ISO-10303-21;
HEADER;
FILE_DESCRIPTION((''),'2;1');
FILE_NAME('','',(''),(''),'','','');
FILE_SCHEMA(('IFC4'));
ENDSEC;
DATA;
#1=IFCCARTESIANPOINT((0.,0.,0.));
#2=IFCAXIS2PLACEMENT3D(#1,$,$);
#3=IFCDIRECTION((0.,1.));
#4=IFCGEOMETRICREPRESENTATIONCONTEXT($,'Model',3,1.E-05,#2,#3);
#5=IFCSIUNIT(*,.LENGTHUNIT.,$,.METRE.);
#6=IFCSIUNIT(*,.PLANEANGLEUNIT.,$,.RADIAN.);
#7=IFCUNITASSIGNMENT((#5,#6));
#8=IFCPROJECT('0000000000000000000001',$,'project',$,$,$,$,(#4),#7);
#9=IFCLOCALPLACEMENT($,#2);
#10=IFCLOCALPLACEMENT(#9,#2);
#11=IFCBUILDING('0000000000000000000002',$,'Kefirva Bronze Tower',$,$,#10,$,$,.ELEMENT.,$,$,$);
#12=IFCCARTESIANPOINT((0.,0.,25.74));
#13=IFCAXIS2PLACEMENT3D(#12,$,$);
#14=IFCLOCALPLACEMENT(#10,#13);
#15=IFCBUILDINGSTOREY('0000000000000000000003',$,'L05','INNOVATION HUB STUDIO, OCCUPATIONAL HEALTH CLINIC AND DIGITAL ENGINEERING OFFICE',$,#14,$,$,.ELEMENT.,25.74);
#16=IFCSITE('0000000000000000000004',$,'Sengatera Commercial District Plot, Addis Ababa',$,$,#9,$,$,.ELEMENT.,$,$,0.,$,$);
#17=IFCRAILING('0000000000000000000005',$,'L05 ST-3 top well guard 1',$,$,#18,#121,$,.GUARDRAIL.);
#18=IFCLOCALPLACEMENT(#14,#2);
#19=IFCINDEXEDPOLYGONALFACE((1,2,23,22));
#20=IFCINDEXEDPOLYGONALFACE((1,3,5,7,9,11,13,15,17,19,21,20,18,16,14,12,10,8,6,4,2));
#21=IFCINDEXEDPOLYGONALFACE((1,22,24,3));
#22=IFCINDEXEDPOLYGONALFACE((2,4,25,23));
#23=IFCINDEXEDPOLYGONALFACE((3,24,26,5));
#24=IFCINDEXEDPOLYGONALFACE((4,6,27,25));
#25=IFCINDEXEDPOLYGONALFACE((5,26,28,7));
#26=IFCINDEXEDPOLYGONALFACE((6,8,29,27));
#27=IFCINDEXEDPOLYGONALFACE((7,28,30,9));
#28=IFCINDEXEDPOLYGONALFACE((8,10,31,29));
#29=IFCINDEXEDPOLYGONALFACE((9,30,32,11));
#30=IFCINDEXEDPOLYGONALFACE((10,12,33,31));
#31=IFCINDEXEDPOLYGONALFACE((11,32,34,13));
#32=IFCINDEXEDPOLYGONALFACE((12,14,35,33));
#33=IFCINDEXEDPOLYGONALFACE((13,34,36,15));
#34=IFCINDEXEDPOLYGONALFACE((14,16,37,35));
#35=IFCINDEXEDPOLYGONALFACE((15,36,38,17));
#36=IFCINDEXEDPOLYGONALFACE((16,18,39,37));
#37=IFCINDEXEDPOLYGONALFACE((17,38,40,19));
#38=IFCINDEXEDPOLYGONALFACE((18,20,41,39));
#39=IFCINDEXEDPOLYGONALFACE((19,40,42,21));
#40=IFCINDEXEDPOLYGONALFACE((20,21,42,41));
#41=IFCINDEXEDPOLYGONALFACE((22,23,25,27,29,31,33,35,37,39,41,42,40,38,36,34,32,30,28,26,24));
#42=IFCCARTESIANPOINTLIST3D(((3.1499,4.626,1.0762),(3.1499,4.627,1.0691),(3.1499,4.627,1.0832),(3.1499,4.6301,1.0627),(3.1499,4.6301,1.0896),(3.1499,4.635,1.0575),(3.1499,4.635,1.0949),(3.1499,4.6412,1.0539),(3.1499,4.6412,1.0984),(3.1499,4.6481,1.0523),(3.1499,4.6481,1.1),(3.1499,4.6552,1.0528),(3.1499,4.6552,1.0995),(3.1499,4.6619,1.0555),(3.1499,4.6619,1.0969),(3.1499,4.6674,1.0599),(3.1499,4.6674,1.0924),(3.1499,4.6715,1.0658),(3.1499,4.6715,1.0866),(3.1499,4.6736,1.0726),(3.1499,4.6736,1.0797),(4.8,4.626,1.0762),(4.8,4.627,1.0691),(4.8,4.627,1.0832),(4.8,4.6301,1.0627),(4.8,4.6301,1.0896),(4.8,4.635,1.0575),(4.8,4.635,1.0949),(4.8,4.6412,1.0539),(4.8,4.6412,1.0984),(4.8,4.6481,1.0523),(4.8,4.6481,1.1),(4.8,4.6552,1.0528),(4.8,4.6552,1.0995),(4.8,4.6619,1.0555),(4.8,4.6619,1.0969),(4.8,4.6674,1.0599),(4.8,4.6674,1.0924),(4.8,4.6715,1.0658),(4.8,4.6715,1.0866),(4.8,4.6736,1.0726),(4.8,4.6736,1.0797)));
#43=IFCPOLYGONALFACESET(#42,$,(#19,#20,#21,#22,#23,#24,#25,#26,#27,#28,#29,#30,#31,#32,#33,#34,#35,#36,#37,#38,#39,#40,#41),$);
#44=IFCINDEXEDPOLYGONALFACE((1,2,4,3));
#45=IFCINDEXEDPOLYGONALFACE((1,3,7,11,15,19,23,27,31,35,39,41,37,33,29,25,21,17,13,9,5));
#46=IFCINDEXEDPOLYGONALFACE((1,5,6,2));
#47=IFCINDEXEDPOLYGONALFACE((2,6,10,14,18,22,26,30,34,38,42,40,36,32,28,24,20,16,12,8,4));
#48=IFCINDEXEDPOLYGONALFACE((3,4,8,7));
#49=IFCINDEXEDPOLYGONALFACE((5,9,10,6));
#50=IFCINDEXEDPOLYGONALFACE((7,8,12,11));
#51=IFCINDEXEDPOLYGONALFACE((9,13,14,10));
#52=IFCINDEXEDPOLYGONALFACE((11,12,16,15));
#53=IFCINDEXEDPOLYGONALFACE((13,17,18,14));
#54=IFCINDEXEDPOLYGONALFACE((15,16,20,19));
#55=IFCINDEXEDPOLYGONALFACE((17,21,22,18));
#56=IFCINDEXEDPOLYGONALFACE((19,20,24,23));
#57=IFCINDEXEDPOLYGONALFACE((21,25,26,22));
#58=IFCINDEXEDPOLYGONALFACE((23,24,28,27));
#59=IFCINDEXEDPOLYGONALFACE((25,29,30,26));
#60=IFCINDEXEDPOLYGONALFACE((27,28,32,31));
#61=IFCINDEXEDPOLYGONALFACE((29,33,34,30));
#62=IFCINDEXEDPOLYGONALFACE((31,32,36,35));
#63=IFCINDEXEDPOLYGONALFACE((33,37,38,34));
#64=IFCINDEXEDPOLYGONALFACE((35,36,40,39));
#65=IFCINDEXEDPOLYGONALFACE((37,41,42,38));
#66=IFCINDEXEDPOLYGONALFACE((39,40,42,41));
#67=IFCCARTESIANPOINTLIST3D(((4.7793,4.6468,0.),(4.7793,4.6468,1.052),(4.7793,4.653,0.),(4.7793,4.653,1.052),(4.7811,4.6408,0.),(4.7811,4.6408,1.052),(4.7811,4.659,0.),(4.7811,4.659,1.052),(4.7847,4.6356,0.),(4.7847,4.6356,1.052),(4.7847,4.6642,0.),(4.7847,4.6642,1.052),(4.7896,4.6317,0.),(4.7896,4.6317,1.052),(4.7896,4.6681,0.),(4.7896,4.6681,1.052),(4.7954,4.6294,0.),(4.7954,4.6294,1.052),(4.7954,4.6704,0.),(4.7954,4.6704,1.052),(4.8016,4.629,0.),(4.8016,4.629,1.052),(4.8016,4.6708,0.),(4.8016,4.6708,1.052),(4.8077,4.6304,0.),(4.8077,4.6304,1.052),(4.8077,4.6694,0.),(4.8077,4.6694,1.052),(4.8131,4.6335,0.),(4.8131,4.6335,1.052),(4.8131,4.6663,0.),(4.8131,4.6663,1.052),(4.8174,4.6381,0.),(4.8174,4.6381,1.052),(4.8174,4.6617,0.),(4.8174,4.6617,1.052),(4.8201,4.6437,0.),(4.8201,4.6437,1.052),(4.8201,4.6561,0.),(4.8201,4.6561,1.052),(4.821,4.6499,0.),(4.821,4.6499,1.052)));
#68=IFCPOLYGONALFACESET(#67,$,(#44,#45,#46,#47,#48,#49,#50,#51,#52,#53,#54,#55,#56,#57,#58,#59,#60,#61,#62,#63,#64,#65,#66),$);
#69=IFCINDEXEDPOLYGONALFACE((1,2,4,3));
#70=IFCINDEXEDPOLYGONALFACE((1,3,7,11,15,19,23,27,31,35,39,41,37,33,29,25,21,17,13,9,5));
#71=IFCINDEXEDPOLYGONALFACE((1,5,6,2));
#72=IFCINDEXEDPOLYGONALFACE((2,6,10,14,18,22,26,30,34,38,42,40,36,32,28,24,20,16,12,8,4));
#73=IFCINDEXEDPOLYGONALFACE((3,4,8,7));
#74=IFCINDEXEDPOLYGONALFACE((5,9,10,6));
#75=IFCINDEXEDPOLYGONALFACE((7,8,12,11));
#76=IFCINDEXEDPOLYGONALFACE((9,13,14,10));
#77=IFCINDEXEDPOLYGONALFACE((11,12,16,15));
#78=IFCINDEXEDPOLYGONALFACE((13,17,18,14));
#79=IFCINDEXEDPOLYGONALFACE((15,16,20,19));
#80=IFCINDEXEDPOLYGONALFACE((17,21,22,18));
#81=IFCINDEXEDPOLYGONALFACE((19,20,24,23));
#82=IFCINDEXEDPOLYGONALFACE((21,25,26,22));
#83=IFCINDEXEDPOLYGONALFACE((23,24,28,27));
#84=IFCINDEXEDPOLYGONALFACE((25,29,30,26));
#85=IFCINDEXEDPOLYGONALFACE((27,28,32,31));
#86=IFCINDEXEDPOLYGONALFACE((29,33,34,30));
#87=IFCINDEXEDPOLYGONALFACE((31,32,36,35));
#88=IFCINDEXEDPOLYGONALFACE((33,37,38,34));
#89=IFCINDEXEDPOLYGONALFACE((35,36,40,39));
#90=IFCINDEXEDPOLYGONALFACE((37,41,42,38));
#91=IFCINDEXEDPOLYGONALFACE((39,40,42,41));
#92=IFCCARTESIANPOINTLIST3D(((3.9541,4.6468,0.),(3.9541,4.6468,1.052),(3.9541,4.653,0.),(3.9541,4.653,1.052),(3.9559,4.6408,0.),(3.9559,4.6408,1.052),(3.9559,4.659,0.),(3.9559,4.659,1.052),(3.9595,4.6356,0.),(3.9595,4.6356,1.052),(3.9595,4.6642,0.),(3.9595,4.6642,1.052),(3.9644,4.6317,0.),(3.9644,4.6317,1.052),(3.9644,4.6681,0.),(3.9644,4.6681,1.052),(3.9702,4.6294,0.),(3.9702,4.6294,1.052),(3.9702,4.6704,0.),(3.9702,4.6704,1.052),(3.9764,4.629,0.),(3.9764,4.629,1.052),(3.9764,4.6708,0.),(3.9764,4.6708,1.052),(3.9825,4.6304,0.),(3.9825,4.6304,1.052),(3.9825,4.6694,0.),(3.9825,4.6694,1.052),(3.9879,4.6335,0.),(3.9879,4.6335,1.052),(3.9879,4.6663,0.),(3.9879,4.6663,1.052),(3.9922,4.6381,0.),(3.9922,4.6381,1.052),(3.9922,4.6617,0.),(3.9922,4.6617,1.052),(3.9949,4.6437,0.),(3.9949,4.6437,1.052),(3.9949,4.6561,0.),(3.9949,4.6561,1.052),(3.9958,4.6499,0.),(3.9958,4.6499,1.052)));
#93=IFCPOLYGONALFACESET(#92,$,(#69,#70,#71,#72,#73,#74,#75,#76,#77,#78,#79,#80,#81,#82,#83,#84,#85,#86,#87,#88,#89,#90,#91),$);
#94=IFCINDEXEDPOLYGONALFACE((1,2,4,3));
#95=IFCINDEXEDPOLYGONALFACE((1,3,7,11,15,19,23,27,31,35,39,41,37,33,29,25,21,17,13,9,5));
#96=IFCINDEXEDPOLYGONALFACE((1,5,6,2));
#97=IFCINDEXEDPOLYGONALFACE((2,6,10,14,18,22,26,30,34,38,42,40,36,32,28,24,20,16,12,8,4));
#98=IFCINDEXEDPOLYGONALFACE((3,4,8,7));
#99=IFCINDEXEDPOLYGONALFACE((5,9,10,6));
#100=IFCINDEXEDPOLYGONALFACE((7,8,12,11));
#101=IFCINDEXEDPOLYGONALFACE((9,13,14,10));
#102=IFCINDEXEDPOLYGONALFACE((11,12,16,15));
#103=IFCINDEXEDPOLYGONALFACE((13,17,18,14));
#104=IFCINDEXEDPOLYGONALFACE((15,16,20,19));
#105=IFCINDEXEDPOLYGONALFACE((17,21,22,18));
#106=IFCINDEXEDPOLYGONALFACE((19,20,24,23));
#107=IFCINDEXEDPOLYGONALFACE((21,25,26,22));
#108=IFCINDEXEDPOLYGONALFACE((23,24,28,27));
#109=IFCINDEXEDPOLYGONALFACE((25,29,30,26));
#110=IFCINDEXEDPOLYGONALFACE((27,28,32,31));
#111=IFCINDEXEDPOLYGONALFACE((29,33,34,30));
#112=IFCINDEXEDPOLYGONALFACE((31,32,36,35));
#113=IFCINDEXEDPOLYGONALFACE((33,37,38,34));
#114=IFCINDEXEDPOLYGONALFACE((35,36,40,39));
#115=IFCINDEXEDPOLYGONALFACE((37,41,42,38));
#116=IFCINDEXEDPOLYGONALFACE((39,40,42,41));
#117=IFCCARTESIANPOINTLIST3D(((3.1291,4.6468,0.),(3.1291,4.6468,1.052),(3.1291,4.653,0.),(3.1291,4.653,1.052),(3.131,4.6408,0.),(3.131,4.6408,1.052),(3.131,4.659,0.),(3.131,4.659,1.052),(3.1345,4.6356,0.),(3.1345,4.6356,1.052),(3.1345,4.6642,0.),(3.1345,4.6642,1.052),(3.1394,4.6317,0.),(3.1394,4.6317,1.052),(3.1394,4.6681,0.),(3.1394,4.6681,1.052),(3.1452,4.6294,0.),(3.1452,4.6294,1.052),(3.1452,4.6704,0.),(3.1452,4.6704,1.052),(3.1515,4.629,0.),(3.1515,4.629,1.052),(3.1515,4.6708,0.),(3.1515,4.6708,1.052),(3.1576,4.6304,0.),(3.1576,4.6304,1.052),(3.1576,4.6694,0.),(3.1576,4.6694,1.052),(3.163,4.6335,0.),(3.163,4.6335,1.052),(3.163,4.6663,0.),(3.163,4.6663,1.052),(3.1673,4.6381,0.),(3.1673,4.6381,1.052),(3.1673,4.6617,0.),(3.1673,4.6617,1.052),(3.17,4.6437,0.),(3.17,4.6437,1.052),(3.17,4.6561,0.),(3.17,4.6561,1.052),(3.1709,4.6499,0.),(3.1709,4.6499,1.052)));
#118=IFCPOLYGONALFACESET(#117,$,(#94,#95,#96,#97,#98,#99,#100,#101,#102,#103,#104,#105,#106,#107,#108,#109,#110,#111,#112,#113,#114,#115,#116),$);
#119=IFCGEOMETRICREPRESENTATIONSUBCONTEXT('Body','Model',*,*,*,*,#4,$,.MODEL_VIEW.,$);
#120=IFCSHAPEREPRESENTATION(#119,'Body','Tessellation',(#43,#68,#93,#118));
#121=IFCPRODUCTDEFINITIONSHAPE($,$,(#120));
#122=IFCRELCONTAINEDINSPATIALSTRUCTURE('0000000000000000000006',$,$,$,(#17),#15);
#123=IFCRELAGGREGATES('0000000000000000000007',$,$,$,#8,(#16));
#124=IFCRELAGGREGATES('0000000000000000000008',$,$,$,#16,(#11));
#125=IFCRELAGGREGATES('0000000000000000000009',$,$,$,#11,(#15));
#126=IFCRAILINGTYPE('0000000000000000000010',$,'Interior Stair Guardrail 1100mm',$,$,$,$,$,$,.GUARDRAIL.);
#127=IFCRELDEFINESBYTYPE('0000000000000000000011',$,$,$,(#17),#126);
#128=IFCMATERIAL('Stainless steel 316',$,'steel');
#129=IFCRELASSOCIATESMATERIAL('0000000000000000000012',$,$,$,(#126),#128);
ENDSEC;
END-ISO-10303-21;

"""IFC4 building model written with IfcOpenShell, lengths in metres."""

from ifc_helpers import new_model, si_unit, direction, frame, origin, origin_2d, place, context, subcontext, project, spatial, circle, extrude, material, type_object, element, save


model = new_model("IFC4")

# Units and contexts
model_context = context("Model", 3, precision=1e-05, world=origin(), true_north=direction((0.0, 1.0)))
body_context = subcontext(model_context, "Body", "Model", "MODEL_VIEW")
ifc_project = project(units=[si_unit("LENGTHUNIT", "METRE"), si_unit("PLANEANGLEUNIT", "RADIAN")], contexts=[model_context])

# Site, building, storey
site_placement = place(None, origin())
site = spatial("IfcSite", under=ifc_project, at=site_placement, Name="Sengatera Commercial District Plot, Addis Ababa", CompositionType="ELEMENT", RefElevation=0.0)
building_placement = place(site_placement, origin())
building = spatial("IfcBuilding", under=site, at=building_placement, Name="Kefirva Bronze Tower", CompositionType="ELEMENT")
storey_placement = place(building_placement, frame((0.0, 0.0, 25.74)))
storey = spatial("IfcBuildingStorey", under=building, at=storey_placement, Name="L05", Description="INNOVATION HUB STUDIO, OCCUPATIONAL HEALTH CLINIC AND DIGITAL ENGINEERING OFFICE", CompositionType="ELEMENT", Elevation=25.74)

# Railing
ifc_material_1 = material(Name="Stainless steel 316", Category="steel")
railing_type = type_object("IfcRailingType", Name="Interior Stair Guardrail 1100mm", PredefinedType="GUARDRAIL", material=ifc_material_1)
railing_placement = place(storey_placement, frame((4.8, 4.6499, 0.0)))
element("IfcRailing", 1, at=railing_placement, inside=storey, type_object=railing_type, Name="L05 ST-3 top well guard 1", PredefinedType="GUARDRAIL", context=body_context, shape_type="SweptSolid", body=[
    extrude(circle(Radius=0.0239, at=origin_2d()), frame((0.0, 0.0, 1.0762), z_axis=(-1.0, 0.0, 0.0), x_axis=(0.0, -1.0, 0.0)), (0.0, 0.0, 1.0), 1.6501),
    extrude(circle(Radius=0.021, at=origin_2d()), origin(), (0.0, 0.0, 1.0), 1.052),
    extrude(circle(Radius=0.021, at=origin_2d()), frame((-0.8252, 0.0, 0.0)), (0.0, 0.0, 1.0), 1.052),
    extrude(circle(Radius=0.021, at=origin_2d()), frame((-1.6501, 0.0, 0.0)), (0.0, 0.0, 1.0), 1.052),
])

save(model, "model.ifc")
